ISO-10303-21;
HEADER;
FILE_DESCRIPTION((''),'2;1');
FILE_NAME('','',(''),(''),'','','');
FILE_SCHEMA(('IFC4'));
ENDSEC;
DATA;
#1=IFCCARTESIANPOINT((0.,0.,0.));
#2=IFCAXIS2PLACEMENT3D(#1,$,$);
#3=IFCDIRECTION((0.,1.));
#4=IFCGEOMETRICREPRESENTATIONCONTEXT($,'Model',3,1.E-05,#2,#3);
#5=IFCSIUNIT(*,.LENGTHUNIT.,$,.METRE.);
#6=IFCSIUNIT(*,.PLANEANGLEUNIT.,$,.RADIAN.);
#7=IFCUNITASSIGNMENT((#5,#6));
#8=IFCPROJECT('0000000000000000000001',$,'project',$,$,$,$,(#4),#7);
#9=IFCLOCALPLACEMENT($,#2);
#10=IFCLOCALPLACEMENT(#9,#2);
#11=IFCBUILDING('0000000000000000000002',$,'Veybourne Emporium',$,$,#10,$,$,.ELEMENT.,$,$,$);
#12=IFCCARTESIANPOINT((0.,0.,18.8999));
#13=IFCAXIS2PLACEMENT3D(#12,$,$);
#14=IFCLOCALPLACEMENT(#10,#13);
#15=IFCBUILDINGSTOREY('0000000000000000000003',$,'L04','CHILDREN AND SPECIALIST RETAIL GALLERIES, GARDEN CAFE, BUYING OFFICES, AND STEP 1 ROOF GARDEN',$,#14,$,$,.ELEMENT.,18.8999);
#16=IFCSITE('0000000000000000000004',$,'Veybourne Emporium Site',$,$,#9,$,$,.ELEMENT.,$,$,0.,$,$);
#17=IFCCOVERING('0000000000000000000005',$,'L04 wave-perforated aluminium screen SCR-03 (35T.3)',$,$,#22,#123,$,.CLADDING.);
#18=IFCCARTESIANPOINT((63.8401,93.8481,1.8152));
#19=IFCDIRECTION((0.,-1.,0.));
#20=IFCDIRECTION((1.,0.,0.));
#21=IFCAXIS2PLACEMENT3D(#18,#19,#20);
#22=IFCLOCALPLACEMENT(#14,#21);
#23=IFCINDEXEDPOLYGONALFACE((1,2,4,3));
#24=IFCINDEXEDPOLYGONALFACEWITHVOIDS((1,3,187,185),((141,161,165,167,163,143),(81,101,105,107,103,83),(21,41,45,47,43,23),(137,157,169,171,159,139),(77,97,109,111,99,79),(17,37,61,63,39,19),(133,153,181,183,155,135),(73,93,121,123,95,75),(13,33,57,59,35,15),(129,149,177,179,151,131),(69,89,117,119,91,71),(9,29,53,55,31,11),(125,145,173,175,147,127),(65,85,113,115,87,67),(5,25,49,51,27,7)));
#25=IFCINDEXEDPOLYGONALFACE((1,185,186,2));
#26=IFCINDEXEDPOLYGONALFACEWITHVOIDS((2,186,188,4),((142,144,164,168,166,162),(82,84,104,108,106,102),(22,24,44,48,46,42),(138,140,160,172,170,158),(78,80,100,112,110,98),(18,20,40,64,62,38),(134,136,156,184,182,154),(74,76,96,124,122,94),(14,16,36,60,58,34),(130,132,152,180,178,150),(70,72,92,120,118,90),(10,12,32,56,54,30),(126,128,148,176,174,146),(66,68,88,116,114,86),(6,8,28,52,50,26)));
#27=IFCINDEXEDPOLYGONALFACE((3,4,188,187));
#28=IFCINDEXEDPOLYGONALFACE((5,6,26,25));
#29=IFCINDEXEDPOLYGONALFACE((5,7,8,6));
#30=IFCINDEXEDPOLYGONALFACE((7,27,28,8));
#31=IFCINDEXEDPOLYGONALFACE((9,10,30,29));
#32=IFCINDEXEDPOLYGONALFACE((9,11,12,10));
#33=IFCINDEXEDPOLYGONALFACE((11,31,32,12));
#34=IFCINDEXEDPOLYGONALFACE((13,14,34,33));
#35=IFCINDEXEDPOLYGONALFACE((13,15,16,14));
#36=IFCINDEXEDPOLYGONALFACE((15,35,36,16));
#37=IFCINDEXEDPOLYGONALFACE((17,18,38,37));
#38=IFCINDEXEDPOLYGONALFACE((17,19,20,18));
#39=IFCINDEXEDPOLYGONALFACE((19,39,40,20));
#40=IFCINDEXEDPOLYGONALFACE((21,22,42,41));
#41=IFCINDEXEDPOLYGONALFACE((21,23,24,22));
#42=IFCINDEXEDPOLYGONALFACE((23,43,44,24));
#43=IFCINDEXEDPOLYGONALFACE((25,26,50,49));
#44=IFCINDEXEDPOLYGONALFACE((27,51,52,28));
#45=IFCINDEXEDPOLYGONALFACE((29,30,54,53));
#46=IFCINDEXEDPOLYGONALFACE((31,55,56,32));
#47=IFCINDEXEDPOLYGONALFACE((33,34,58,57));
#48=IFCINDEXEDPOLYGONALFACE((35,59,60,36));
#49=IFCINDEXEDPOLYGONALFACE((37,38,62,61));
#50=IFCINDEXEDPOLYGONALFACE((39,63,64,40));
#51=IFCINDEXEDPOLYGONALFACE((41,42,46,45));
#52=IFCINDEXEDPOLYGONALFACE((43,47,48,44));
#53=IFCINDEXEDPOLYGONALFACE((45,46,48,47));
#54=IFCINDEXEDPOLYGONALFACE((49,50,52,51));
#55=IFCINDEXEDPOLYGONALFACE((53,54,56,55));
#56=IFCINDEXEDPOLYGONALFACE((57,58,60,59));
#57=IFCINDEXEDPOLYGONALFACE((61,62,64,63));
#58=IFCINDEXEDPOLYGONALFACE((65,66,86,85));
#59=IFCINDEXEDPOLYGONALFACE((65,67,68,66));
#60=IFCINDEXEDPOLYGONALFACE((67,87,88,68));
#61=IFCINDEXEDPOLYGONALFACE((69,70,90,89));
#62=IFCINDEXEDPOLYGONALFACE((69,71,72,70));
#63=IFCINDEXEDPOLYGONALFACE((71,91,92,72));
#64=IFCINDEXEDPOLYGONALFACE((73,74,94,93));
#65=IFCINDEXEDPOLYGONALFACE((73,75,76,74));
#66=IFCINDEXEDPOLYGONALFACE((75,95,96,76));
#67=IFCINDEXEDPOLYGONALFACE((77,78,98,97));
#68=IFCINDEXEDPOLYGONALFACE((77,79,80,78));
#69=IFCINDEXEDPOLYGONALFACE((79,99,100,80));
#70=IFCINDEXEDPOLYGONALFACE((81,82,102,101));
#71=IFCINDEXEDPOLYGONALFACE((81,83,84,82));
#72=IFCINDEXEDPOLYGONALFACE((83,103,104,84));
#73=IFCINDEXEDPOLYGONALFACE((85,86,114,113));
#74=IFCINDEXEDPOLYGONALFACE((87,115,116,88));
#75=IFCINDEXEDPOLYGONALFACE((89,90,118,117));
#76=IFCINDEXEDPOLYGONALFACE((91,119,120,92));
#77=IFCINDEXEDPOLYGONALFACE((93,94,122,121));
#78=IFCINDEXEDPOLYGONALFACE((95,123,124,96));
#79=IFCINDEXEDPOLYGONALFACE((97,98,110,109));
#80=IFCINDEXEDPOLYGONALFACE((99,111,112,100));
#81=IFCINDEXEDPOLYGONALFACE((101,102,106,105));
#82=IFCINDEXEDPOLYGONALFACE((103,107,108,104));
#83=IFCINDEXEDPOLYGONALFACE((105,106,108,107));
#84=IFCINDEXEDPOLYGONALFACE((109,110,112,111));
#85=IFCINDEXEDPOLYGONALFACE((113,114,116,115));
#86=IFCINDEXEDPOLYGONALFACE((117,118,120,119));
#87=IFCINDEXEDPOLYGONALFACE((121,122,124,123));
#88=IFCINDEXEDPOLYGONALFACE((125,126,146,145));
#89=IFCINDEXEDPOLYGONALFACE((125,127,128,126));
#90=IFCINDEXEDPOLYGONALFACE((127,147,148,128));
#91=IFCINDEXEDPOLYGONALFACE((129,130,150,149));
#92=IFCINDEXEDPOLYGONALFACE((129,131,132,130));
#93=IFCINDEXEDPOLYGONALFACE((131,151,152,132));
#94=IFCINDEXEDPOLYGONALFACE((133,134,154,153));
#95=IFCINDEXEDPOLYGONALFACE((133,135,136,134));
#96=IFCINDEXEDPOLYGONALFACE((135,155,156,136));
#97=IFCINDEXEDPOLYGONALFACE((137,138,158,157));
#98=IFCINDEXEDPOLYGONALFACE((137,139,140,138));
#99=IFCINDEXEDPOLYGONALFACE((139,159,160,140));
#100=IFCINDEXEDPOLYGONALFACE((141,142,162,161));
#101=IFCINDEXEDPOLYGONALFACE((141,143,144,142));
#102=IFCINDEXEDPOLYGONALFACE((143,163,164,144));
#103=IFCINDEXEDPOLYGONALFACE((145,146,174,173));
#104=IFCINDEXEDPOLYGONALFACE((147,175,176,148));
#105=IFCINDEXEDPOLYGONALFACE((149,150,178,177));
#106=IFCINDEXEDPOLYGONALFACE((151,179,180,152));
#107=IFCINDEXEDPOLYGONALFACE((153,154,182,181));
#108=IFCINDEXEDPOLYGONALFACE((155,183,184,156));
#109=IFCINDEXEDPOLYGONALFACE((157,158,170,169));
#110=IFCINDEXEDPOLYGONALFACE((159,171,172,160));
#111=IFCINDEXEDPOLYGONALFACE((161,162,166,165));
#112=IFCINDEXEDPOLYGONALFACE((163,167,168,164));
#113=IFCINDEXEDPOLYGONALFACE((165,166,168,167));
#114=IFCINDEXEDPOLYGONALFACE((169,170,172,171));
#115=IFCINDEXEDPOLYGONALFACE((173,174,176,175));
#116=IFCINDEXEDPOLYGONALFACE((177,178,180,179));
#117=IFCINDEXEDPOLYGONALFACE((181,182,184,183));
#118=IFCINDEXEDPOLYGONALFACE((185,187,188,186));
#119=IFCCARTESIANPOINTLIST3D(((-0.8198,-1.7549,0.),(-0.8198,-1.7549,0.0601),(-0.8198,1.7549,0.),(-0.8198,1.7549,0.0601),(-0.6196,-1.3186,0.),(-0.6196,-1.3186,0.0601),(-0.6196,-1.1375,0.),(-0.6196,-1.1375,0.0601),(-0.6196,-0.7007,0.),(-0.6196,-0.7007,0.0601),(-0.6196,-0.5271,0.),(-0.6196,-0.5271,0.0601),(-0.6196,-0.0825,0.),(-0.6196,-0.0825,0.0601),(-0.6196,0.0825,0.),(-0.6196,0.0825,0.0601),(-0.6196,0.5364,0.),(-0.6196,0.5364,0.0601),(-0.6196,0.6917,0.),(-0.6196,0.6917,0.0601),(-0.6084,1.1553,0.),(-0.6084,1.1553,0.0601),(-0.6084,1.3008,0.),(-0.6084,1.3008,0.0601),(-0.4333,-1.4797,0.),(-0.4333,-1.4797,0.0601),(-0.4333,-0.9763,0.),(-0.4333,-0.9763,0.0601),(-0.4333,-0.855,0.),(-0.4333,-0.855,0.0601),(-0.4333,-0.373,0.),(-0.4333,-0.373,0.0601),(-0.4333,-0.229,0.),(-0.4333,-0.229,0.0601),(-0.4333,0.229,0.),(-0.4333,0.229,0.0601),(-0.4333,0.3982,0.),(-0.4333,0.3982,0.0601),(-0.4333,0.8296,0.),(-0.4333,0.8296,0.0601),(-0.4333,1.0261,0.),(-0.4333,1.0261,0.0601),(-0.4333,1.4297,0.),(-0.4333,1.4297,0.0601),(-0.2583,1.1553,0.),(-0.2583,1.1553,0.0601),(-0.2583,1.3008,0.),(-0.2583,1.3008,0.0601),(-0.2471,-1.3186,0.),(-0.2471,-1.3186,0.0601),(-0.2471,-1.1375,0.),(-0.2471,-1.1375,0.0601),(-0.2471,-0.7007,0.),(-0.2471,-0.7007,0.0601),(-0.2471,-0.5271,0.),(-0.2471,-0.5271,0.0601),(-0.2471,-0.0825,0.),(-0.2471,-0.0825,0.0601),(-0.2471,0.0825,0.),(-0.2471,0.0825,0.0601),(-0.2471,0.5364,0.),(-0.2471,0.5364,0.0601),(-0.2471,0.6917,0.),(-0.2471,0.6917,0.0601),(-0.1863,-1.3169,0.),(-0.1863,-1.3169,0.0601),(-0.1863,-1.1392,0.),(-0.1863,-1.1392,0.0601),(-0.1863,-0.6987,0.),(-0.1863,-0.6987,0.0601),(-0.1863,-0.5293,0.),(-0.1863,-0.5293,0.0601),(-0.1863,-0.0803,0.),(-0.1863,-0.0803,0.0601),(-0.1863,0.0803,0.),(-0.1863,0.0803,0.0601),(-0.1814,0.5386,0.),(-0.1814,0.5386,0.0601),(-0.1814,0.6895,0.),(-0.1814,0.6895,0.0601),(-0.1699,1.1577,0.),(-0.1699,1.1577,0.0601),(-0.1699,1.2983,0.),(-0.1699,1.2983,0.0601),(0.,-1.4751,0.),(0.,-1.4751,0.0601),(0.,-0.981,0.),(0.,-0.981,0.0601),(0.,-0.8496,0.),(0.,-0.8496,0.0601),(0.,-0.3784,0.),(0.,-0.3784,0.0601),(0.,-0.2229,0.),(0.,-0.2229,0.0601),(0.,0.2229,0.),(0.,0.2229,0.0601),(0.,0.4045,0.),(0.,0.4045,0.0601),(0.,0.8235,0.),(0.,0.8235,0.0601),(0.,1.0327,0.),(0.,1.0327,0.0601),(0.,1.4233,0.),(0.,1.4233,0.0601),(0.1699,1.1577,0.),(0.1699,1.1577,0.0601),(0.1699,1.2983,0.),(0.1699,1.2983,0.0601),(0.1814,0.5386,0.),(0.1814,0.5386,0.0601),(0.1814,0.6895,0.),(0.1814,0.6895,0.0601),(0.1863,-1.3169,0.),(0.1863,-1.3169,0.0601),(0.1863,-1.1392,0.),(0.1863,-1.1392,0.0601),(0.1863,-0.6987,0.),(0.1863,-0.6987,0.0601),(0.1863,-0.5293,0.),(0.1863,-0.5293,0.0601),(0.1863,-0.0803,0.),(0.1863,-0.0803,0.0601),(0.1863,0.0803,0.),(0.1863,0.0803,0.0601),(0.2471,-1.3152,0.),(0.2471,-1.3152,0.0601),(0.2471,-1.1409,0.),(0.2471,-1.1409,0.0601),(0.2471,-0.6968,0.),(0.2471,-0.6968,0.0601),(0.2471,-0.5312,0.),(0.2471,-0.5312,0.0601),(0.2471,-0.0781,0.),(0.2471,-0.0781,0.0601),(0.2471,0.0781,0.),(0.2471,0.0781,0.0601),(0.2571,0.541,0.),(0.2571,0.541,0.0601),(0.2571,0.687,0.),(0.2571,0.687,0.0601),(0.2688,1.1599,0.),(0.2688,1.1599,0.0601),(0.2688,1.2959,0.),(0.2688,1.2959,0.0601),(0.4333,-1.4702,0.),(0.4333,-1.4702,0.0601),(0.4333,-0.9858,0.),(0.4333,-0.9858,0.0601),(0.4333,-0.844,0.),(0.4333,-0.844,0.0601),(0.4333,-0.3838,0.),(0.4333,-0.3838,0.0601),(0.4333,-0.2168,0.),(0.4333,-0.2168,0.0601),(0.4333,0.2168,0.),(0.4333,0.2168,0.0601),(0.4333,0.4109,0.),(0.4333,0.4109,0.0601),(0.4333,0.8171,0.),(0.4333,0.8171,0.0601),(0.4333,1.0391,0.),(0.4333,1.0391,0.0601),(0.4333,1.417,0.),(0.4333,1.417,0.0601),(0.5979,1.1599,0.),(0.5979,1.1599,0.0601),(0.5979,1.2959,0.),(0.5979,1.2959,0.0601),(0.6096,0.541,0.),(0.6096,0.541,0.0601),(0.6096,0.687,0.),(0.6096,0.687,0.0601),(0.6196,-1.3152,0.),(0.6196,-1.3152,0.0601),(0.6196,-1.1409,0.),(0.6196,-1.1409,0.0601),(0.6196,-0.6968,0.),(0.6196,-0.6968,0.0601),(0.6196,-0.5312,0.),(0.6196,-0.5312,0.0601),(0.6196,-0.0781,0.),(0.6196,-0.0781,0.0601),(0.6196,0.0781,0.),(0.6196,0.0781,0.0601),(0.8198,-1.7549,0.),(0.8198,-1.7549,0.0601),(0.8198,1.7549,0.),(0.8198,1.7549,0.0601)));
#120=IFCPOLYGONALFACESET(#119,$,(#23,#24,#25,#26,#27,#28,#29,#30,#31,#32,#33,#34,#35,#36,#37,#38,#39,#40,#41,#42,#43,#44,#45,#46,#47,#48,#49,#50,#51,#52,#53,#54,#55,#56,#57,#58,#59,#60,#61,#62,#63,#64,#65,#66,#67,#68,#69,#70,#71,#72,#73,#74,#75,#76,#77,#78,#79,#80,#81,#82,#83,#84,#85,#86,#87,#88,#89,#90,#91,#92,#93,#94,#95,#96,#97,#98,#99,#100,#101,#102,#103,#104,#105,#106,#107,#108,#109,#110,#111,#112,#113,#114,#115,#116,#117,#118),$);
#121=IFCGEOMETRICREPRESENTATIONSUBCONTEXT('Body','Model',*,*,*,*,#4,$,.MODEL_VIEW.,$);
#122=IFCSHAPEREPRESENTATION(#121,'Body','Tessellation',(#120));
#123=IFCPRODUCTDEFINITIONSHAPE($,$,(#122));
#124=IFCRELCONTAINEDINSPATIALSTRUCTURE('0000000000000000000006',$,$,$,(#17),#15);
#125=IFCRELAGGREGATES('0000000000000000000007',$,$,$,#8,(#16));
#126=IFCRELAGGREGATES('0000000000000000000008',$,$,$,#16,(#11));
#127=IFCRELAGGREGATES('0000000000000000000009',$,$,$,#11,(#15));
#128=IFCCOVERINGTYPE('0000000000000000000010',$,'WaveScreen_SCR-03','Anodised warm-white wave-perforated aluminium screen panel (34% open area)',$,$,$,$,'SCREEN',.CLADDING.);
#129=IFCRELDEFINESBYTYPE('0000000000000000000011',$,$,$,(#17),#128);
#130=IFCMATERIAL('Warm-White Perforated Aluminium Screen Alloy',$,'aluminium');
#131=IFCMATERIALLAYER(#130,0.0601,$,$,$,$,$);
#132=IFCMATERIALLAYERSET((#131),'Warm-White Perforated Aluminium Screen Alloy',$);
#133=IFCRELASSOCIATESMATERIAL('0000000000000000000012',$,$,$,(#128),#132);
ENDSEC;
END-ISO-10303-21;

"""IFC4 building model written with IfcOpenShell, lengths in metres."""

from ifc_helpers import new_model, si_unit, direction, frame, origin, place, context, subcontext, project, spatial, polyline, outline, extrude, material, layer, layer_set, type_object, element, save


model = new_model("IFC4")

# Units and contexts
model_context = context("Model", 3, precision=1e-05, world=origin(), true_north=direction((0.0, 1.0)))
body_context = subcontext(model_context, "Body", "Model", "MODEL_VIEW")
ifc_project = project(units=[si_unit("LENGTHUNIT", "METRE"), si_unit("PLANEANGLEUNIT", "RADIAN")], contexts=[model_context])

# Site, building, storey
site_placement = place(None, origin())
site = spatial("IfcSite", under=ifc_project, at=site_placement, Name="Veybourne Emporium Site", CompositionType="ELEMENT", RefElevation=0.0)
building_placement = place(site_placement, origin())
building = spatial("IfcBuilding", under=site, at=building_placement, Name="Veybourne Emporium", CompositionType="ELEMENT")
storey_placement = place(building_placement, frame((0.0, 0.0, 18.8999)))
storey = spatial("IfcBuildingStorey", under=building, at=storey_placement, Name="L04", Description="CHILDREN AND SPECIALIST RETAIL GALLERIES, GARDEN CAFE, BUYING OFFICES, AND STEP 1 ROOF GARDEN", CompositionType="ELEMENT", Elevation=18.8999)

# Covering
ifc_material_1 = material(Name="Warm-White Perforated Aluminium Screen Alloy", Category="aluminium")
ifc_layer_1 = layer(ifc_material_1, 0.0601)
ifc_layer_set_1 = layer_set([ifc_layer_1], Name="Warm-White Perforated Aluminium Screen Alloy")
covering_type_1 = type_object("IfcCoveringType", Name="WaveScreen_SCR-03", Description="Anodised warm-white wave-perforated aluminium screen panel (34% open area)", ElementType="SCREEN", PredefinedType="CLADDING", material=ifc_layer_set_1)
covering_1_placement = place(storey_placement, frame((63.8401, 93.8481, 1.8152), z_axis=(0.0, -1.0, 0.0), x_axis=(1.0, 0.0, 0.0)))
element("IfcCovering", 1, at=covering_1_placement, inside=storey, type_object=covering_type_1, Name="L04 wave-perforated aluminium screen SCR-03 (35T.3)", PredefinedType="CLADDING", context=body_context, shape_type="SweptSolid", body=[
    extrude(outline(polyline([(-0.8198, -1.7549), (0.8198, -1.7549), (0.8198, 1.7549), (-0.8198, 1.7549), (-0.8198, -1.7549)]), holes=[polyline([(-0.4333, -0.9763), (-0.2471, -1.1375), (-0.2471, -1.3186), (-0.4333, -1.4797), (-0.6196, -1.3186), (-0.6196, -1.1375), (-0.4333, -0.9763)]), polyline([(-0.4333, -0.373), (-0.2471, -0.5271), (-0.2471, -0.7007), (-0.4333, -0.855), (-0.6196, -0.7007), (-0.6196, -0.5271), (-0.4333, -0.373)]), polyline([(-0.4333, 0.229), (-0.2471, 0.0825), (-0.2471, -0.0825), (-0.4333, -0.229), (-0.6196, -0.0825), (-0.6196, 0.0825), (-0.4333, 0.229)]), polyline([(-0.4333, 0.8296), (-0.2471, 0.6917), (-0.2471, 0.5364), (-0.4333, 0.3982), (-0.6196, 0.5364), (-0.6196, 0.6917), (-0.4333, 0.8296)]), polyline([(-0.4333, 1.4297), (-0.2583, 1.3008), (-0.2583, 1.1553), (-0.4333, 1.0261), (-0.6084, 1.1553), (-0.6084, 1.3008), (-0.4333, 1.4297)]), polyline([(0.0, -0.981), (0.1863, -1.1392), (0.1863, -1.3169), (0.0, -1.4751), (-0.1863, -1.3169), (-0.1863, -1.1392), (0.0, -0.981)]), polyline([(0.0, -0.3784), (0.1863, -0.5293), (0.1863, -0.6987), (0.0, -0.8496), (-0.1863, -0.6987), (-0.1863, -0.5293), (0.0, -0.3784)]), polyline([(0.0, 0.2229), (0.1863, 0.0803), (0.1863, -0.0803), (0.0, -0.2229), (-0.1863, -0.0803), (-0.1863, 0.0803), (0.0, 0.2229)]), polyline([(0.0, 0.8235), (0.1814, 0.6895), (0.1814, 0.5386), (0.0, 0.4045), (-0.1814, 0.5386), (-0.1814, 0.6895), (0.0, 0.8235)]), polyline([(0.0, 1.4233), (0.1699, 1.2983), (0.1699, 1.1577), (0.0, 1.0327), (-0.1699, 1.1577), (-0.1699, 1.2983), (0.0, 1.4233)]), polyline([(0.4333, -0.9858), (0.6196, -1.1409), (0.6196, -1.3152), (0.4333, -1.4702), (0.2471, -1.3152), (0.2471, -1.1409), (0.4333, -0.9858)]), polyline([(0.4333, -0.3838), (0.6196, -0.5312), (0.6196, -0.6968), (0.4333, -0.844), (0.2471, -0.6968), (0.2471, -0.5312), (0.4333, -0.3838)]), polyline([(0.4333, 0.2168), (0.6196, 0.0781), (0.6196, -0.0781), (0.4333, -0.2168), (0.2471, -0.0781), (0.2471, 0.0781), (0.4333, 0.2168)]), polyline([(0.4333, 0.8171), (0.6096, 0.687), (0.6096, 0.541), (0.4333, 0.4109), (0.2571, 0.541), (0.2571, 0.687), (0.4333, 0.8171)]), polyline([(0.4333, 1.417), (0.5979, 1.2959), (0.5979, 1.1599), (0.4333, 1.0391), (0.2688, 1.1599), (0.2688, 1.2959), (0.4333, 1.417)])]), origin(), (0.0, 0.0, 1.0), 0.0601),
])

save(model, "model.ifc")
